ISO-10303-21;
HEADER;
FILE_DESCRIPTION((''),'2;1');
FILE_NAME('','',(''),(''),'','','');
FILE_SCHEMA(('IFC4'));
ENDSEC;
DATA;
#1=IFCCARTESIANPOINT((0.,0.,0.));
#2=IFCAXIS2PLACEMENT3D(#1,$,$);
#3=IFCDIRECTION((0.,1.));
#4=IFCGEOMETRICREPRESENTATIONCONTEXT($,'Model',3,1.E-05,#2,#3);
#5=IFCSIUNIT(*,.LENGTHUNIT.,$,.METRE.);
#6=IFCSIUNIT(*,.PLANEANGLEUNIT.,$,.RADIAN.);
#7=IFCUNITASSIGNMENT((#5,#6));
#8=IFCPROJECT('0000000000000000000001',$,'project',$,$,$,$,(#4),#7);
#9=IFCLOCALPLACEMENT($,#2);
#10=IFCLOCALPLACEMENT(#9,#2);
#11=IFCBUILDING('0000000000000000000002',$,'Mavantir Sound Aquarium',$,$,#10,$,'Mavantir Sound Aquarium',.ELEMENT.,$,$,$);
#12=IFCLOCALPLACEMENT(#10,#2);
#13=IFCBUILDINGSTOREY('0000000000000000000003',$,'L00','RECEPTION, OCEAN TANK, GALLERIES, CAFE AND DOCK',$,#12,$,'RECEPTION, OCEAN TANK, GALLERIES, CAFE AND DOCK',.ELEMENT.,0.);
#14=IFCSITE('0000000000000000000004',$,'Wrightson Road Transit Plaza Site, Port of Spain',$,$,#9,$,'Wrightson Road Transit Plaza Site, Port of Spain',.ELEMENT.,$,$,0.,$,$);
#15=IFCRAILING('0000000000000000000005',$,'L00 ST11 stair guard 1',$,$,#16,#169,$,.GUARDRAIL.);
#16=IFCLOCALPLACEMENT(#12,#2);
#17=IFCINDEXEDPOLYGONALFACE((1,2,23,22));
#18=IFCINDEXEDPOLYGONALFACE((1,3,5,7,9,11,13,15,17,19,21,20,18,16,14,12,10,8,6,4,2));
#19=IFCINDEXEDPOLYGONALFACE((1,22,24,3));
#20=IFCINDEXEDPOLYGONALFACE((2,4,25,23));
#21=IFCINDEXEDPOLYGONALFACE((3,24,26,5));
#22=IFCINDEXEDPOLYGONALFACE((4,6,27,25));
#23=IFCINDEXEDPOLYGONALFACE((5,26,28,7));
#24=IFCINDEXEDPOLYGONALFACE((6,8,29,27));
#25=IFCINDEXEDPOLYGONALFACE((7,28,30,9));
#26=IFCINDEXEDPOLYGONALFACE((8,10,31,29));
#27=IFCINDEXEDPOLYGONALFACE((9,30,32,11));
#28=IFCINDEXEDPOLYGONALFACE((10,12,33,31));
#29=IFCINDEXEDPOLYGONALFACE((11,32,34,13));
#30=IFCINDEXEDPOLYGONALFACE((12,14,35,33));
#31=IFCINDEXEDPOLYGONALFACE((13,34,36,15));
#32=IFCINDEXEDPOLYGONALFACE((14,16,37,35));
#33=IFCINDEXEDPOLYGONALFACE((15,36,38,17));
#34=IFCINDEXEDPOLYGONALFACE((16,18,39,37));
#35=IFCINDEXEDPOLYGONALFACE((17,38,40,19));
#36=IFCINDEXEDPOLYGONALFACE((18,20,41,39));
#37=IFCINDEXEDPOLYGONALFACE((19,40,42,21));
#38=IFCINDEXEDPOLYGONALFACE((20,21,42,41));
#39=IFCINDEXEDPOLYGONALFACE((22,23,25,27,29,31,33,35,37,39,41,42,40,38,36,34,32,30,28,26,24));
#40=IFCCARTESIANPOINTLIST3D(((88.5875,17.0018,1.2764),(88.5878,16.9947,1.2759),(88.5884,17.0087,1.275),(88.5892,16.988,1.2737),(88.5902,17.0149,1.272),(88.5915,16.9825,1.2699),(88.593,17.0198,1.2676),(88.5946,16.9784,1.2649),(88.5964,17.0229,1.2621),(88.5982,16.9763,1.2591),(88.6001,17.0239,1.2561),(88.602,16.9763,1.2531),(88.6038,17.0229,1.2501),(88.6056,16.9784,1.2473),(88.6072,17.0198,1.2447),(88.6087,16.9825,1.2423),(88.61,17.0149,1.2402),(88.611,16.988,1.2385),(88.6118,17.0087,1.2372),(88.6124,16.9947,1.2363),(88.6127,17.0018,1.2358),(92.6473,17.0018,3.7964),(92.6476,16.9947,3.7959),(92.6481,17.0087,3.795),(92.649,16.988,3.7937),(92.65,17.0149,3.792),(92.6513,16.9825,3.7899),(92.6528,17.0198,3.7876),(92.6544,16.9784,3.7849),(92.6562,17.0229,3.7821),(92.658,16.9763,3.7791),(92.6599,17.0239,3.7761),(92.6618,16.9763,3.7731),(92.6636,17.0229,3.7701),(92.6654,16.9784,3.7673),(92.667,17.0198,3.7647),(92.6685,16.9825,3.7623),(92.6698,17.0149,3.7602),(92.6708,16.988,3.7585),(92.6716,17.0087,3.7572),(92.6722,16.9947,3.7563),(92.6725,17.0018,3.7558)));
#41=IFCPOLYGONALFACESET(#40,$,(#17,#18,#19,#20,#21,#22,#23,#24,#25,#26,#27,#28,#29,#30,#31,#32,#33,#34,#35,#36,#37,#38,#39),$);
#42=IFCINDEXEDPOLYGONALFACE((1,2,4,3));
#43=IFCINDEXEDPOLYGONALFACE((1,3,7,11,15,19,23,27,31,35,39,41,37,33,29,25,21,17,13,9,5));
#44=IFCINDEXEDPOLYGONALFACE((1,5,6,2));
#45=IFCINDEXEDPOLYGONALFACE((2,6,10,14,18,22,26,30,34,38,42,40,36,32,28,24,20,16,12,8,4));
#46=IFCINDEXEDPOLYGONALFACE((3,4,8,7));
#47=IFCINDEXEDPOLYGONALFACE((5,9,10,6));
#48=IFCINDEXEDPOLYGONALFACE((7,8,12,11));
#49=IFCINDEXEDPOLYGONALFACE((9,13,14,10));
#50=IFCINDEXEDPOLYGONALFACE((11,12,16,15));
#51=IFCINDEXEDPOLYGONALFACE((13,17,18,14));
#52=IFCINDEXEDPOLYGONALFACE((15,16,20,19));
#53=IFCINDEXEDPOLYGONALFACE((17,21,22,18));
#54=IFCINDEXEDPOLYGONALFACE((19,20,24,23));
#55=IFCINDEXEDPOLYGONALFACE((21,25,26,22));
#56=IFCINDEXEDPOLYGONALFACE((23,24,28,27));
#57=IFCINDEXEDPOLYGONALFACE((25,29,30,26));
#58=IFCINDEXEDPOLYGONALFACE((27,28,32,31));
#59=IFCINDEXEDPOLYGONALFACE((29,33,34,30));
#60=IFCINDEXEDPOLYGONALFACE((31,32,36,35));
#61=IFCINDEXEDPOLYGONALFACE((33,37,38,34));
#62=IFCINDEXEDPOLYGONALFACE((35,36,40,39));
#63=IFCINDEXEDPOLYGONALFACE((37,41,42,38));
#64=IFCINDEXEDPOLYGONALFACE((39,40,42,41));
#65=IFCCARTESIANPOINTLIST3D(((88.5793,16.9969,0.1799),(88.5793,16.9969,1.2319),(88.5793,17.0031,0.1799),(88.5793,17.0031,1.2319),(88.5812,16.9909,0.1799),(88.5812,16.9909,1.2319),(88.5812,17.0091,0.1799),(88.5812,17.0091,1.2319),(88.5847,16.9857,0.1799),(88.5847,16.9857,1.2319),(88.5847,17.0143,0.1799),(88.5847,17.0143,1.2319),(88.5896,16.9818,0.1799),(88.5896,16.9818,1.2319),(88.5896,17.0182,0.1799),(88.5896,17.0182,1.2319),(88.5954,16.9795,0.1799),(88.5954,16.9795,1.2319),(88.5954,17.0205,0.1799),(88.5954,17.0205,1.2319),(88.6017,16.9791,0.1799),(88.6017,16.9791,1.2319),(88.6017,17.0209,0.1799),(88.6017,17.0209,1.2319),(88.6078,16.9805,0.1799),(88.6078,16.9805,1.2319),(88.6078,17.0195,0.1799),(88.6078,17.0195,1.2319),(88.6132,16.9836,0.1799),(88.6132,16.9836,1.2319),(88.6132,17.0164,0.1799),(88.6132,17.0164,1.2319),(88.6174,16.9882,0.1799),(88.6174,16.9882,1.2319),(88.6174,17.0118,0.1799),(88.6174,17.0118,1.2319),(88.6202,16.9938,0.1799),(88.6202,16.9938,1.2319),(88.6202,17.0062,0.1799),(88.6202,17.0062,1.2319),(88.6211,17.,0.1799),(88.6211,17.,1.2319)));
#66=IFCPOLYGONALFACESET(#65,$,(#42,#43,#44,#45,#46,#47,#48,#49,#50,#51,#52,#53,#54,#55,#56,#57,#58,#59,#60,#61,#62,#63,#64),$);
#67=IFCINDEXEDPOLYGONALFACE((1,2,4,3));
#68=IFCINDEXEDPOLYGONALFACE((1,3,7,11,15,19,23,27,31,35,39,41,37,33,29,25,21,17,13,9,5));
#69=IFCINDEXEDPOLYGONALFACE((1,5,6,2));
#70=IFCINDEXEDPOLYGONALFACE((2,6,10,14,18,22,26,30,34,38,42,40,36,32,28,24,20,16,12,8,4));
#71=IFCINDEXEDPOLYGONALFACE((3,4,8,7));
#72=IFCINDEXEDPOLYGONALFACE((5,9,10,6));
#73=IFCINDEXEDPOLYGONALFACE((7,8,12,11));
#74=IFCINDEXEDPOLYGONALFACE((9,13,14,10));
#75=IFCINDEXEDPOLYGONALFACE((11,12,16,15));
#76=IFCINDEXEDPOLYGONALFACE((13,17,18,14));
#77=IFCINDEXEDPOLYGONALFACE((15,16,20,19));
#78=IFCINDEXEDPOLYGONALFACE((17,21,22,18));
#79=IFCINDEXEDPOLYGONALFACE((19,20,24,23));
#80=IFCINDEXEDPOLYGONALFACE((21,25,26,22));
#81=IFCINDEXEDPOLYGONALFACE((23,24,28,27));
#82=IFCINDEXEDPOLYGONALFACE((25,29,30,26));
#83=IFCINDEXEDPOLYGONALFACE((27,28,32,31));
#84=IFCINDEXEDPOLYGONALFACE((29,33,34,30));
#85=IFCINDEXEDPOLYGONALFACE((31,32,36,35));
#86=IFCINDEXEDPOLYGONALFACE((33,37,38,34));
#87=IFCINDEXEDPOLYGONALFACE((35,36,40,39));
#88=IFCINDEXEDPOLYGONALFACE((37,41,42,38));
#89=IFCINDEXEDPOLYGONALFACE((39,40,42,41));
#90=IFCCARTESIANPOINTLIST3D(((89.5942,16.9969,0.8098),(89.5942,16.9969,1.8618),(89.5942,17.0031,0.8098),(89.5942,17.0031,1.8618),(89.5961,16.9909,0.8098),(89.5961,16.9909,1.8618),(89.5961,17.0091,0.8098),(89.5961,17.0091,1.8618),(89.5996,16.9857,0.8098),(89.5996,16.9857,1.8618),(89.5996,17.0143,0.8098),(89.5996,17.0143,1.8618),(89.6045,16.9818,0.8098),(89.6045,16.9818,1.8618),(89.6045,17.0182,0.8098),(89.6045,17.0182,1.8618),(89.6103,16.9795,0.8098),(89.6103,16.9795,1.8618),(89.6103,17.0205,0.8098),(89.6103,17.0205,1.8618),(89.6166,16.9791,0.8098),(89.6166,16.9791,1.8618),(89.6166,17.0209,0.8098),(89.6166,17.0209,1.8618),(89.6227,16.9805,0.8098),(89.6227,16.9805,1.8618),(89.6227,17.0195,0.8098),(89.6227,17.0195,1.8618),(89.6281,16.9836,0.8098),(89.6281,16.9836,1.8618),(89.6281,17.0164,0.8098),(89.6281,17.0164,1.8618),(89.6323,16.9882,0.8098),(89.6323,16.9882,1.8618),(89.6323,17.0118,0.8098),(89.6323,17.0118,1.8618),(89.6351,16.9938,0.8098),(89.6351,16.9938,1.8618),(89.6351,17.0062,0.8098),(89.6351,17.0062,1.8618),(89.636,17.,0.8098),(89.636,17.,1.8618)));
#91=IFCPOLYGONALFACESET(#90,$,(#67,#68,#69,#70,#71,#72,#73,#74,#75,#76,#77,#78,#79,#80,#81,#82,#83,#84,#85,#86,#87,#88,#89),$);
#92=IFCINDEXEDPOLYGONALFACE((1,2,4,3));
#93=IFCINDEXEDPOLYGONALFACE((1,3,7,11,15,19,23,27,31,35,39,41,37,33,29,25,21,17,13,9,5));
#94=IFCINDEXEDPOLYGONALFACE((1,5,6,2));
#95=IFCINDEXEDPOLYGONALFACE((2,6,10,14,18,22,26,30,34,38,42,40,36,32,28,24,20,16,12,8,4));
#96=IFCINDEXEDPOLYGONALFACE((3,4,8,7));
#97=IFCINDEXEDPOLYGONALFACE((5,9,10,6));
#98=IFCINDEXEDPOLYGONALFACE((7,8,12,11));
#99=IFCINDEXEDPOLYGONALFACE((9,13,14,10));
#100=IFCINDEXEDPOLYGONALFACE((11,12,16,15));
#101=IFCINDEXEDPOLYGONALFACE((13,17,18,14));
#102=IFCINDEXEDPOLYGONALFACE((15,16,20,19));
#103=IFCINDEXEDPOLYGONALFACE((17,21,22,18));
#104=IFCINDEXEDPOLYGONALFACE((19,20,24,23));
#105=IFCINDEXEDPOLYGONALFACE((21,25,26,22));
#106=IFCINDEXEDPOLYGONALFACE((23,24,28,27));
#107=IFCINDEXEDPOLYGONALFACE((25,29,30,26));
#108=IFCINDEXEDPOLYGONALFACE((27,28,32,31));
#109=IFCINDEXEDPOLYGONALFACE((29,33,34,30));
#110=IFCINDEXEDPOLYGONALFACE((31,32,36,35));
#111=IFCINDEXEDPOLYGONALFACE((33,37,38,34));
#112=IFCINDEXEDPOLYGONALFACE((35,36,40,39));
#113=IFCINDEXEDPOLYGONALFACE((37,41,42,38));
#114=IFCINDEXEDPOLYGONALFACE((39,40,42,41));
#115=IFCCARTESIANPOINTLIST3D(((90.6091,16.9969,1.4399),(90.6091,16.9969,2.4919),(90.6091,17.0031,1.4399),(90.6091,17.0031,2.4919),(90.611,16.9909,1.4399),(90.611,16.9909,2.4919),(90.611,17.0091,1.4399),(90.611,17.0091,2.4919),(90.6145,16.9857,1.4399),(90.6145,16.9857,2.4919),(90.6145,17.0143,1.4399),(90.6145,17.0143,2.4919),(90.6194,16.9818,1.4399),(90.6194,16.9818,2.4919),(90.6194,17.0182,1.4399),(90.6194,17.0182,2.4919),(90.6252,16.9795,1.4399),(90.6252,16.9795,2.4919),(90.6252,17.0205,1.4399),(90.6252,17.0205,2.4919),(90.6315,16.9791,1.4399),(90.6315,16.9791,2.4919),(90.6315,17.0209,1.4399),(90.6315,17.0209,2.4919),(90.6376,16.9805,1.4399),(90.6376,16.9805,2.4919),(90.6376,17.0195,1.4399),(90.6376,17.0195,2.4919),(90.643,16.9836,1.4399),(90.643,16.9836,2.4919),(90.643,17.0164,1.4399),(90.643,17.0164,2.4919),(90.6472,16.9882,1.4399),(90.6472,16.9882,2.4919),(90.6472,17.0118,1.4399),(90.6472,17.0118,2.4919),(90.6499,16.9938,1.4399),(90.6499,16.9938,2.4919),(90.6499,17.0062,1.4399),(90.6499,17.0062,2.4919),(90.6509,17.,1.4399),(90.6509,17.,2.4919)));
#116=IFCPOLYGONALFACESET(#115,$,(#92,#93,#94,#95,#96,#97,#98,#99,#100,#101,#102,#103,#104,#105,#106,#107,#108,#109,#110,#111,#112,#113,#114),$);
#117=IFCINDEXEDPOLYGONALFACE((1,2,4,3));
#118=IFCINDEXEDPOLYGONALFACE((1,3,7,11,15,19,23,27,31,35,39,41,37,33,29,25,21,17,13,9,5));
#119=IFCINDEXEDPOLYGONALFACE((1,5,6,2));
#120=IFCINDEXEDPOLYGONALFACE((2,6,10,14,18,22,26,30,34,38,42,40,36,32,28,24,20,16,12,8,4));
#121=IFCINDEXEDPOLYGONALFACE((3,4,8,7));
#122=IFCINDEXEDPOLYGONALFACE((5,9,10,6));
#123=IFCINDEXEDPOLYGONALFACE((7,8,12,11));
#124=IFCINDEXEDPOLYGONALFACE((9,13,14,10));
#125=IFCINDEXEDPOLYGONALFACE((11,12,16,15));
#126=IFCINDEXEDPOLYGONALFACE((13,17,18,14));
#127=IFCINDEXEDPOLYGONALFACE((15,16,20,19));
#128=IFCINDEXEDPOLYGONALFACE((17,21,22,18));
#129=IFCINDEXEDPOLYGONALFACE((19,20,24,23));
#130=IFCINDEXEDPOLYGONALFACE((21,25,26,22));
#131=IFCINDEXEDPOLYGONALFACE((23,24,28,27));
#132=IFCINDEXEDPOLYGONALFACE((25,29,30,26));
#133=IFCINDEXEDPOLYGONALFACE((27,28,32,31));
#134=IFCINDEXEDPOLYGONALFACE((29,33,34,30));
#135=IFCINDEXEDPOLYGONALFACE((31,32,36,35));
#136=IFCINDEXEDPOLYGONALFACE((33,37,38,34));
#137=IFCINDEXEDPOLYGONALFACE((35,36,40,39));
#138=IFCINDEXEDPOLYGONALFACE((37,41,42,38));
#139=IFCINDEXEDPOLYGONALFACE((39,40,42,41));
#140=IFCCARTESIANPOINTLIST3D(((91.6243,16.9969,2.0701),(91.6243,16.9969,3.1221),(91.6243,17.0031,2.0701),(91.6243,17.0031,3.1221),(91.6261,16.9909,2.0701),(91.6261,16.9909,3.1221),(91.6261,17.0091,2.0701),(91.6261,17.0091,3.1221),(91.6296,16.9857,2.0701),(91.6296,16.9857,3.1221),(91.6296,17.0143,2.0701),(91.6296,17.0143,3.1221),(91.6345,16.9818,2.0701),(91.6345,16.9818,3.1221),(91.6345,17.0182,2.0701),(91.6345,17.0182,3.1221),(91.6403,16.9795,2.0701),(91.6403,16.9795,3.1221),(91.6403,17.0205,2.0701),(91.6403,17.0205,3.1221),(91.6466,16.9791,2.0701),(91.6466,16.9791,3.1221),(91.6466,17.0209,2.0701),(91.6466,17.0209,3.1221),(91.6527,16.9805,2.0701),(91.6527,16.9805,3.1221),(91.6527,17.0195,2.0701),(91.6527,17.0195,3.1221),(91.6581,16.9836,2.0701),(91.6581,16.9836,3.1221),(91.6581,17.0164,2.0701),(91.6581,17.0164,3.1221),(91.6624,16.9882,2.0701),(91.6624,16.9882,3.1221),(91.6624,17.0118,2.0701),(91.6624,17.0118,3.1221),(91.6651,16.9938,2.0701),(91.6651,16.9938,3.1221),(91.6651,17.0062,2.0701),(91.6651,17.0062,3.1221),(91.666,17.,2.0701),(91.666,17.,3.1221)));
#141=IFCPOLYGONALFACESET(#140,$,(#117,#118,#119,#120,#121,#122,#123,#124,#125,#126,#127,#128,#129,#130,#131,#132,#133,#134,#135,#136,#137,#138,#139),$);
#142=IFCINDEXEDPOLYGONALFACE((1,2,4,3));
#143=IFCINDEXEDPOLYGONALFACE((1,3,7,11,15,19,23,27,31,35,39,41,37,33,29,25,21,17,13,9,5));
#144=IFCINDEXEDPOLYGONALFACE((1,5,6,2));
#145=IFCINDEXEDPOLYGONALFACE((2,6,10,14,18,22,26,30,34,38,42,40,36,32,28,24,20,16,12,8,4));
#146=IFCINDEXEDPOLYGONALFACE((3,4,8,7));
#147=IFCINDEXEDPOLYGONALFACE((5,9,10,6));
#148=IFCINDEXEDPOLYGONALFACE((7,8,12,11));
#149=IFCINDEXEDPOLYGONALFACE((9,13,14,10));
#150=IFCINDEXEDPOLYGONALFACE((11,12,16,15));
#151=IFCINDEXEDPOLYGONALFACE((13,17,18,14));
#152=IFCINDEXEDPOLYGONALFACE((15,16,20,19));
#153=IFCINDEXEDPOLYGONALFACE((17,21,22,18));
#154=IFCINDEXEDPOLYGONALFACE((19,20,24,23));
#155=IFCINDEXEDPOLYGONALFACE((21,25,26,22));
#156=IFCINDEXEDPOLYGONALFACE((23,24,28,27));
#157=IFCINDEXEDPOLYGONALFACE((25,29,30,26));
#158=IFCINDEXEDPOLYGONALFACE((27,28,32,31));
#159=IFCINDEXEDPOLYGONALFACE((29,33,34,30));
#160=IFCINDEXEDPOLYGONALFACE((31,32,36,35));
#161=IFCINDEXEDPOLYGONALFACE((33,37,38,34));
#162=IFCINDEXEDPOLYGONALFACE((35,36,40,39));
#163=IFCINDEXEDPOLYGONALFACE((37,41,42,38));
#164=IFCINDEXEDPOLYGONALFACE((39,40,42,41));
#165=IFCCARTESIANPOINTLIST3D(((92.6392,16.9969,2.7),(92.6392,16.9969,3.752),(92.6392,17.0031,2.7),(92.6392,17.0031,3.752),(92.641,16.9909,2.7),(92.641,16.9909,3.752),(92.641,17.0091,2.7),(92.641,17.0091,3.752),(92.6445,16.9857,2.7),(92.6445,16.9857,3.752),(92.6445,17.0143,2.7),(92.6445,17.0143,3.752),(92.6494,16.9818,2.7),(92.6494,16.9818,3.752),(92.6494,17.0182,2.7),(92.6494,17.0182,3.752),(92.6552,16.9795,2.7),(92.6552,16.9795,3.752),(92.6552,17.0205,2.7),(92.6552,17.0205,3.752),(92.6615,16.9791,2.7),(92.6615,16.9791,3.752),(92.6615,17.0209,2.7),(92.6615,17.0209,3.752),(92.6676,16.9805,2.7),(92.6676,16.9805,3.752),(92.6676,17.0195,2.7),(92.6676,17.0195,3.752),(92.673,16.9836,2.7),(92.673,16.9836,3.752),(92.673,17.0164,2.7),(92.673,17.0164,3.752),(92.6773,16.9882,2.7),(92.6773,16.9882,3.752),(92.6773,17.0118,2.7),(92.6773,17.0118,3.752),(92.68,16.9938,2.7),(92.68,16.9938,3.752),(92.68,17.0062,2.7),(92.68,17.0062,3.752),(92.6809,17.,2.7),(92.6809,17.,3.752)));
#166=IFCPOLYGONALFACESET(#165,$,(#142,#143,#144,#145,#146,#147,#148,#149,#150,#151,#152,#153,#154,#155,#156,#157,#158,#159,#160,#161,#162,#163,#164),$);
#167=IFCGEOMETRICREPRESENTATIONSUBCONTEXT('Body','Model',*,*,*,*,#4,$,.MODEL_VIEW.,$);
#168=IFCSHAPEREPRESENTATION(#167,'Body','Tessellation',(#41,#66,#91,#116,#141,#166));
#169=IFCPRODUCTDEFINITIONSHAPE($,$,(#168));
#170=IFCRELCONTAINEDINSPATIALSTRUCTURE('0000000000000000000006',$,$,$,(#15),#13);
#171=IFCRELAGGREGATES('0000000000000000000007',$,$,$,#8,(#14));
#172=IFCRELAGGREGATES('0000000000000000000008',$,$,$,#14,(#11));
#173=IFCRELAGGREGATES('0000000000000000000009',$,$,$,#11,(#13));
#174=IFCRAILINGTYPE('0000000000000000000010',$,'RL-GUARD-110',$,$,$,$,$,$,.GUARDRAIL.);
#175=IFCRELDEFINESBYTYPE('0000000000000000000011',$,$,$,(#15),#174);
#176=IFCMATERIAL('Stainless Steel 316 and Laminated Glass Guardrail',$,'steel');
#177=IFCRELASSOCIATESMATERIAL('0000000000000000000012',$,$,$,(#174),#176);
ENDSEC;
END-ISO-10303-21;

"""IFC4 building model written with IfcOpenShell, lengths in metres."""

from ifc_helpers import new_model, si_unit, direction, frame, origin, origin_2d, place, context, subcontext, project, spatial, circle, extrude, material, type_object, element, save


model = new_model("IFC4")

# Units and contexts
model_context = context("Model", 3, precision=1e-05, world=origin(), true_north=direction((0.0, 1.0)))
body_context = subcontext(model_context, "Body", "Model", "MODEL_VIEW")
ifc_project = project(units=[si_unit("LENGTHUNIT", "METRE"), si_unit("PLANEANGLEUNIT", "RADIAN")], contexts=[model_context])

# Site, building, storey
site_placement = place(None, origin())
site = spatial("IfcSite", under=ifc_project, at=site_placement, Name="Wrightson Road Transit Plaza Site, Port of Spain", LongName="Wrightson Road Transit Plaza Site, Port of Spain", CompositionType="ELEMENT", RefElevation=0.0)
building_placement = place(site_placement, origin())
building = spatial("IfcBuilding", under=site, at=building_placement, Name="Mavantir Sound Aquarium", LongName="Mavantir Sound Aquarium", CompositionType="ELEMENT")
storey_placement = place(building_placement, origin())
storey = spatial("IfcBuildingStorey", under=building, at=storey_placement, Name="L00", Description="RECEPTION, OCEAN TANK, GALLERIES, CAFE AND DOCK", LongName="RECEPTION, OCEAN TANK, GALLERIES, CAFE AND DOCK", CompositionType="ELEMENT", Elevation=0.0)

# Railing
ifc_material_1 = material(Name="Stainless Steel 316 and Laminated Glass Guardrail", Category="steel")
railing_type_1 = type_object("IfcRailingType", Name="RL-GUARD-110", PredefinedType="GUARDRAIL", material=ifc_material_1)
railing_1_placement = place(storey_placement, frame((88.6001, 17.0, 0.1799)))
element("IfcRailing", 1, at=railing_1_placement, inside=storey, type_object=railing_type_1, Name="L00 ST11 stair guard 1", PredefinedType="GUARDRAIL", context=body_context, shape_type="SweptSolid", body=[
    extrude(circle(Radius=0.0239, at=origin_2d()), frame((0.0, 0.0, 1.0762), z_axis=(0.849628, 0.0, 0.527383), x_axis=(0.0, 1.0, 0.0)), (0.0, 0.0, 1.0), 4.7783),
    extrude(circle(Radius=0.021, at=origin_2d()), origin(), (0.0, 0.0, 1.0), 1.052),
    extrude(circle(Radius=0.021, at=origin_2d()), frame((1.0149, 0.0, 0.6299)), (0.0, 0.0, 1.0), 1.052),
    extrude(circle(Radius=0.021, at=origin_2d()), frame((2.0298, 0.0, 1.26)), (0.0, 0.0, 1.0), 1.052),
    extrude(circle(Radius=0.021, at=origin_2d()), frame((3.0449, 0.0, 1.8901)), (0.0, 0.0, 1.0), 1.052),
    extrude(circle(Radius=0.021, at=origin_2d()), frame((4.0598, 0.0, 2.52)), (0.0, 0.0, 1.0), 1.052),
])

save(model, "model.ifc")
